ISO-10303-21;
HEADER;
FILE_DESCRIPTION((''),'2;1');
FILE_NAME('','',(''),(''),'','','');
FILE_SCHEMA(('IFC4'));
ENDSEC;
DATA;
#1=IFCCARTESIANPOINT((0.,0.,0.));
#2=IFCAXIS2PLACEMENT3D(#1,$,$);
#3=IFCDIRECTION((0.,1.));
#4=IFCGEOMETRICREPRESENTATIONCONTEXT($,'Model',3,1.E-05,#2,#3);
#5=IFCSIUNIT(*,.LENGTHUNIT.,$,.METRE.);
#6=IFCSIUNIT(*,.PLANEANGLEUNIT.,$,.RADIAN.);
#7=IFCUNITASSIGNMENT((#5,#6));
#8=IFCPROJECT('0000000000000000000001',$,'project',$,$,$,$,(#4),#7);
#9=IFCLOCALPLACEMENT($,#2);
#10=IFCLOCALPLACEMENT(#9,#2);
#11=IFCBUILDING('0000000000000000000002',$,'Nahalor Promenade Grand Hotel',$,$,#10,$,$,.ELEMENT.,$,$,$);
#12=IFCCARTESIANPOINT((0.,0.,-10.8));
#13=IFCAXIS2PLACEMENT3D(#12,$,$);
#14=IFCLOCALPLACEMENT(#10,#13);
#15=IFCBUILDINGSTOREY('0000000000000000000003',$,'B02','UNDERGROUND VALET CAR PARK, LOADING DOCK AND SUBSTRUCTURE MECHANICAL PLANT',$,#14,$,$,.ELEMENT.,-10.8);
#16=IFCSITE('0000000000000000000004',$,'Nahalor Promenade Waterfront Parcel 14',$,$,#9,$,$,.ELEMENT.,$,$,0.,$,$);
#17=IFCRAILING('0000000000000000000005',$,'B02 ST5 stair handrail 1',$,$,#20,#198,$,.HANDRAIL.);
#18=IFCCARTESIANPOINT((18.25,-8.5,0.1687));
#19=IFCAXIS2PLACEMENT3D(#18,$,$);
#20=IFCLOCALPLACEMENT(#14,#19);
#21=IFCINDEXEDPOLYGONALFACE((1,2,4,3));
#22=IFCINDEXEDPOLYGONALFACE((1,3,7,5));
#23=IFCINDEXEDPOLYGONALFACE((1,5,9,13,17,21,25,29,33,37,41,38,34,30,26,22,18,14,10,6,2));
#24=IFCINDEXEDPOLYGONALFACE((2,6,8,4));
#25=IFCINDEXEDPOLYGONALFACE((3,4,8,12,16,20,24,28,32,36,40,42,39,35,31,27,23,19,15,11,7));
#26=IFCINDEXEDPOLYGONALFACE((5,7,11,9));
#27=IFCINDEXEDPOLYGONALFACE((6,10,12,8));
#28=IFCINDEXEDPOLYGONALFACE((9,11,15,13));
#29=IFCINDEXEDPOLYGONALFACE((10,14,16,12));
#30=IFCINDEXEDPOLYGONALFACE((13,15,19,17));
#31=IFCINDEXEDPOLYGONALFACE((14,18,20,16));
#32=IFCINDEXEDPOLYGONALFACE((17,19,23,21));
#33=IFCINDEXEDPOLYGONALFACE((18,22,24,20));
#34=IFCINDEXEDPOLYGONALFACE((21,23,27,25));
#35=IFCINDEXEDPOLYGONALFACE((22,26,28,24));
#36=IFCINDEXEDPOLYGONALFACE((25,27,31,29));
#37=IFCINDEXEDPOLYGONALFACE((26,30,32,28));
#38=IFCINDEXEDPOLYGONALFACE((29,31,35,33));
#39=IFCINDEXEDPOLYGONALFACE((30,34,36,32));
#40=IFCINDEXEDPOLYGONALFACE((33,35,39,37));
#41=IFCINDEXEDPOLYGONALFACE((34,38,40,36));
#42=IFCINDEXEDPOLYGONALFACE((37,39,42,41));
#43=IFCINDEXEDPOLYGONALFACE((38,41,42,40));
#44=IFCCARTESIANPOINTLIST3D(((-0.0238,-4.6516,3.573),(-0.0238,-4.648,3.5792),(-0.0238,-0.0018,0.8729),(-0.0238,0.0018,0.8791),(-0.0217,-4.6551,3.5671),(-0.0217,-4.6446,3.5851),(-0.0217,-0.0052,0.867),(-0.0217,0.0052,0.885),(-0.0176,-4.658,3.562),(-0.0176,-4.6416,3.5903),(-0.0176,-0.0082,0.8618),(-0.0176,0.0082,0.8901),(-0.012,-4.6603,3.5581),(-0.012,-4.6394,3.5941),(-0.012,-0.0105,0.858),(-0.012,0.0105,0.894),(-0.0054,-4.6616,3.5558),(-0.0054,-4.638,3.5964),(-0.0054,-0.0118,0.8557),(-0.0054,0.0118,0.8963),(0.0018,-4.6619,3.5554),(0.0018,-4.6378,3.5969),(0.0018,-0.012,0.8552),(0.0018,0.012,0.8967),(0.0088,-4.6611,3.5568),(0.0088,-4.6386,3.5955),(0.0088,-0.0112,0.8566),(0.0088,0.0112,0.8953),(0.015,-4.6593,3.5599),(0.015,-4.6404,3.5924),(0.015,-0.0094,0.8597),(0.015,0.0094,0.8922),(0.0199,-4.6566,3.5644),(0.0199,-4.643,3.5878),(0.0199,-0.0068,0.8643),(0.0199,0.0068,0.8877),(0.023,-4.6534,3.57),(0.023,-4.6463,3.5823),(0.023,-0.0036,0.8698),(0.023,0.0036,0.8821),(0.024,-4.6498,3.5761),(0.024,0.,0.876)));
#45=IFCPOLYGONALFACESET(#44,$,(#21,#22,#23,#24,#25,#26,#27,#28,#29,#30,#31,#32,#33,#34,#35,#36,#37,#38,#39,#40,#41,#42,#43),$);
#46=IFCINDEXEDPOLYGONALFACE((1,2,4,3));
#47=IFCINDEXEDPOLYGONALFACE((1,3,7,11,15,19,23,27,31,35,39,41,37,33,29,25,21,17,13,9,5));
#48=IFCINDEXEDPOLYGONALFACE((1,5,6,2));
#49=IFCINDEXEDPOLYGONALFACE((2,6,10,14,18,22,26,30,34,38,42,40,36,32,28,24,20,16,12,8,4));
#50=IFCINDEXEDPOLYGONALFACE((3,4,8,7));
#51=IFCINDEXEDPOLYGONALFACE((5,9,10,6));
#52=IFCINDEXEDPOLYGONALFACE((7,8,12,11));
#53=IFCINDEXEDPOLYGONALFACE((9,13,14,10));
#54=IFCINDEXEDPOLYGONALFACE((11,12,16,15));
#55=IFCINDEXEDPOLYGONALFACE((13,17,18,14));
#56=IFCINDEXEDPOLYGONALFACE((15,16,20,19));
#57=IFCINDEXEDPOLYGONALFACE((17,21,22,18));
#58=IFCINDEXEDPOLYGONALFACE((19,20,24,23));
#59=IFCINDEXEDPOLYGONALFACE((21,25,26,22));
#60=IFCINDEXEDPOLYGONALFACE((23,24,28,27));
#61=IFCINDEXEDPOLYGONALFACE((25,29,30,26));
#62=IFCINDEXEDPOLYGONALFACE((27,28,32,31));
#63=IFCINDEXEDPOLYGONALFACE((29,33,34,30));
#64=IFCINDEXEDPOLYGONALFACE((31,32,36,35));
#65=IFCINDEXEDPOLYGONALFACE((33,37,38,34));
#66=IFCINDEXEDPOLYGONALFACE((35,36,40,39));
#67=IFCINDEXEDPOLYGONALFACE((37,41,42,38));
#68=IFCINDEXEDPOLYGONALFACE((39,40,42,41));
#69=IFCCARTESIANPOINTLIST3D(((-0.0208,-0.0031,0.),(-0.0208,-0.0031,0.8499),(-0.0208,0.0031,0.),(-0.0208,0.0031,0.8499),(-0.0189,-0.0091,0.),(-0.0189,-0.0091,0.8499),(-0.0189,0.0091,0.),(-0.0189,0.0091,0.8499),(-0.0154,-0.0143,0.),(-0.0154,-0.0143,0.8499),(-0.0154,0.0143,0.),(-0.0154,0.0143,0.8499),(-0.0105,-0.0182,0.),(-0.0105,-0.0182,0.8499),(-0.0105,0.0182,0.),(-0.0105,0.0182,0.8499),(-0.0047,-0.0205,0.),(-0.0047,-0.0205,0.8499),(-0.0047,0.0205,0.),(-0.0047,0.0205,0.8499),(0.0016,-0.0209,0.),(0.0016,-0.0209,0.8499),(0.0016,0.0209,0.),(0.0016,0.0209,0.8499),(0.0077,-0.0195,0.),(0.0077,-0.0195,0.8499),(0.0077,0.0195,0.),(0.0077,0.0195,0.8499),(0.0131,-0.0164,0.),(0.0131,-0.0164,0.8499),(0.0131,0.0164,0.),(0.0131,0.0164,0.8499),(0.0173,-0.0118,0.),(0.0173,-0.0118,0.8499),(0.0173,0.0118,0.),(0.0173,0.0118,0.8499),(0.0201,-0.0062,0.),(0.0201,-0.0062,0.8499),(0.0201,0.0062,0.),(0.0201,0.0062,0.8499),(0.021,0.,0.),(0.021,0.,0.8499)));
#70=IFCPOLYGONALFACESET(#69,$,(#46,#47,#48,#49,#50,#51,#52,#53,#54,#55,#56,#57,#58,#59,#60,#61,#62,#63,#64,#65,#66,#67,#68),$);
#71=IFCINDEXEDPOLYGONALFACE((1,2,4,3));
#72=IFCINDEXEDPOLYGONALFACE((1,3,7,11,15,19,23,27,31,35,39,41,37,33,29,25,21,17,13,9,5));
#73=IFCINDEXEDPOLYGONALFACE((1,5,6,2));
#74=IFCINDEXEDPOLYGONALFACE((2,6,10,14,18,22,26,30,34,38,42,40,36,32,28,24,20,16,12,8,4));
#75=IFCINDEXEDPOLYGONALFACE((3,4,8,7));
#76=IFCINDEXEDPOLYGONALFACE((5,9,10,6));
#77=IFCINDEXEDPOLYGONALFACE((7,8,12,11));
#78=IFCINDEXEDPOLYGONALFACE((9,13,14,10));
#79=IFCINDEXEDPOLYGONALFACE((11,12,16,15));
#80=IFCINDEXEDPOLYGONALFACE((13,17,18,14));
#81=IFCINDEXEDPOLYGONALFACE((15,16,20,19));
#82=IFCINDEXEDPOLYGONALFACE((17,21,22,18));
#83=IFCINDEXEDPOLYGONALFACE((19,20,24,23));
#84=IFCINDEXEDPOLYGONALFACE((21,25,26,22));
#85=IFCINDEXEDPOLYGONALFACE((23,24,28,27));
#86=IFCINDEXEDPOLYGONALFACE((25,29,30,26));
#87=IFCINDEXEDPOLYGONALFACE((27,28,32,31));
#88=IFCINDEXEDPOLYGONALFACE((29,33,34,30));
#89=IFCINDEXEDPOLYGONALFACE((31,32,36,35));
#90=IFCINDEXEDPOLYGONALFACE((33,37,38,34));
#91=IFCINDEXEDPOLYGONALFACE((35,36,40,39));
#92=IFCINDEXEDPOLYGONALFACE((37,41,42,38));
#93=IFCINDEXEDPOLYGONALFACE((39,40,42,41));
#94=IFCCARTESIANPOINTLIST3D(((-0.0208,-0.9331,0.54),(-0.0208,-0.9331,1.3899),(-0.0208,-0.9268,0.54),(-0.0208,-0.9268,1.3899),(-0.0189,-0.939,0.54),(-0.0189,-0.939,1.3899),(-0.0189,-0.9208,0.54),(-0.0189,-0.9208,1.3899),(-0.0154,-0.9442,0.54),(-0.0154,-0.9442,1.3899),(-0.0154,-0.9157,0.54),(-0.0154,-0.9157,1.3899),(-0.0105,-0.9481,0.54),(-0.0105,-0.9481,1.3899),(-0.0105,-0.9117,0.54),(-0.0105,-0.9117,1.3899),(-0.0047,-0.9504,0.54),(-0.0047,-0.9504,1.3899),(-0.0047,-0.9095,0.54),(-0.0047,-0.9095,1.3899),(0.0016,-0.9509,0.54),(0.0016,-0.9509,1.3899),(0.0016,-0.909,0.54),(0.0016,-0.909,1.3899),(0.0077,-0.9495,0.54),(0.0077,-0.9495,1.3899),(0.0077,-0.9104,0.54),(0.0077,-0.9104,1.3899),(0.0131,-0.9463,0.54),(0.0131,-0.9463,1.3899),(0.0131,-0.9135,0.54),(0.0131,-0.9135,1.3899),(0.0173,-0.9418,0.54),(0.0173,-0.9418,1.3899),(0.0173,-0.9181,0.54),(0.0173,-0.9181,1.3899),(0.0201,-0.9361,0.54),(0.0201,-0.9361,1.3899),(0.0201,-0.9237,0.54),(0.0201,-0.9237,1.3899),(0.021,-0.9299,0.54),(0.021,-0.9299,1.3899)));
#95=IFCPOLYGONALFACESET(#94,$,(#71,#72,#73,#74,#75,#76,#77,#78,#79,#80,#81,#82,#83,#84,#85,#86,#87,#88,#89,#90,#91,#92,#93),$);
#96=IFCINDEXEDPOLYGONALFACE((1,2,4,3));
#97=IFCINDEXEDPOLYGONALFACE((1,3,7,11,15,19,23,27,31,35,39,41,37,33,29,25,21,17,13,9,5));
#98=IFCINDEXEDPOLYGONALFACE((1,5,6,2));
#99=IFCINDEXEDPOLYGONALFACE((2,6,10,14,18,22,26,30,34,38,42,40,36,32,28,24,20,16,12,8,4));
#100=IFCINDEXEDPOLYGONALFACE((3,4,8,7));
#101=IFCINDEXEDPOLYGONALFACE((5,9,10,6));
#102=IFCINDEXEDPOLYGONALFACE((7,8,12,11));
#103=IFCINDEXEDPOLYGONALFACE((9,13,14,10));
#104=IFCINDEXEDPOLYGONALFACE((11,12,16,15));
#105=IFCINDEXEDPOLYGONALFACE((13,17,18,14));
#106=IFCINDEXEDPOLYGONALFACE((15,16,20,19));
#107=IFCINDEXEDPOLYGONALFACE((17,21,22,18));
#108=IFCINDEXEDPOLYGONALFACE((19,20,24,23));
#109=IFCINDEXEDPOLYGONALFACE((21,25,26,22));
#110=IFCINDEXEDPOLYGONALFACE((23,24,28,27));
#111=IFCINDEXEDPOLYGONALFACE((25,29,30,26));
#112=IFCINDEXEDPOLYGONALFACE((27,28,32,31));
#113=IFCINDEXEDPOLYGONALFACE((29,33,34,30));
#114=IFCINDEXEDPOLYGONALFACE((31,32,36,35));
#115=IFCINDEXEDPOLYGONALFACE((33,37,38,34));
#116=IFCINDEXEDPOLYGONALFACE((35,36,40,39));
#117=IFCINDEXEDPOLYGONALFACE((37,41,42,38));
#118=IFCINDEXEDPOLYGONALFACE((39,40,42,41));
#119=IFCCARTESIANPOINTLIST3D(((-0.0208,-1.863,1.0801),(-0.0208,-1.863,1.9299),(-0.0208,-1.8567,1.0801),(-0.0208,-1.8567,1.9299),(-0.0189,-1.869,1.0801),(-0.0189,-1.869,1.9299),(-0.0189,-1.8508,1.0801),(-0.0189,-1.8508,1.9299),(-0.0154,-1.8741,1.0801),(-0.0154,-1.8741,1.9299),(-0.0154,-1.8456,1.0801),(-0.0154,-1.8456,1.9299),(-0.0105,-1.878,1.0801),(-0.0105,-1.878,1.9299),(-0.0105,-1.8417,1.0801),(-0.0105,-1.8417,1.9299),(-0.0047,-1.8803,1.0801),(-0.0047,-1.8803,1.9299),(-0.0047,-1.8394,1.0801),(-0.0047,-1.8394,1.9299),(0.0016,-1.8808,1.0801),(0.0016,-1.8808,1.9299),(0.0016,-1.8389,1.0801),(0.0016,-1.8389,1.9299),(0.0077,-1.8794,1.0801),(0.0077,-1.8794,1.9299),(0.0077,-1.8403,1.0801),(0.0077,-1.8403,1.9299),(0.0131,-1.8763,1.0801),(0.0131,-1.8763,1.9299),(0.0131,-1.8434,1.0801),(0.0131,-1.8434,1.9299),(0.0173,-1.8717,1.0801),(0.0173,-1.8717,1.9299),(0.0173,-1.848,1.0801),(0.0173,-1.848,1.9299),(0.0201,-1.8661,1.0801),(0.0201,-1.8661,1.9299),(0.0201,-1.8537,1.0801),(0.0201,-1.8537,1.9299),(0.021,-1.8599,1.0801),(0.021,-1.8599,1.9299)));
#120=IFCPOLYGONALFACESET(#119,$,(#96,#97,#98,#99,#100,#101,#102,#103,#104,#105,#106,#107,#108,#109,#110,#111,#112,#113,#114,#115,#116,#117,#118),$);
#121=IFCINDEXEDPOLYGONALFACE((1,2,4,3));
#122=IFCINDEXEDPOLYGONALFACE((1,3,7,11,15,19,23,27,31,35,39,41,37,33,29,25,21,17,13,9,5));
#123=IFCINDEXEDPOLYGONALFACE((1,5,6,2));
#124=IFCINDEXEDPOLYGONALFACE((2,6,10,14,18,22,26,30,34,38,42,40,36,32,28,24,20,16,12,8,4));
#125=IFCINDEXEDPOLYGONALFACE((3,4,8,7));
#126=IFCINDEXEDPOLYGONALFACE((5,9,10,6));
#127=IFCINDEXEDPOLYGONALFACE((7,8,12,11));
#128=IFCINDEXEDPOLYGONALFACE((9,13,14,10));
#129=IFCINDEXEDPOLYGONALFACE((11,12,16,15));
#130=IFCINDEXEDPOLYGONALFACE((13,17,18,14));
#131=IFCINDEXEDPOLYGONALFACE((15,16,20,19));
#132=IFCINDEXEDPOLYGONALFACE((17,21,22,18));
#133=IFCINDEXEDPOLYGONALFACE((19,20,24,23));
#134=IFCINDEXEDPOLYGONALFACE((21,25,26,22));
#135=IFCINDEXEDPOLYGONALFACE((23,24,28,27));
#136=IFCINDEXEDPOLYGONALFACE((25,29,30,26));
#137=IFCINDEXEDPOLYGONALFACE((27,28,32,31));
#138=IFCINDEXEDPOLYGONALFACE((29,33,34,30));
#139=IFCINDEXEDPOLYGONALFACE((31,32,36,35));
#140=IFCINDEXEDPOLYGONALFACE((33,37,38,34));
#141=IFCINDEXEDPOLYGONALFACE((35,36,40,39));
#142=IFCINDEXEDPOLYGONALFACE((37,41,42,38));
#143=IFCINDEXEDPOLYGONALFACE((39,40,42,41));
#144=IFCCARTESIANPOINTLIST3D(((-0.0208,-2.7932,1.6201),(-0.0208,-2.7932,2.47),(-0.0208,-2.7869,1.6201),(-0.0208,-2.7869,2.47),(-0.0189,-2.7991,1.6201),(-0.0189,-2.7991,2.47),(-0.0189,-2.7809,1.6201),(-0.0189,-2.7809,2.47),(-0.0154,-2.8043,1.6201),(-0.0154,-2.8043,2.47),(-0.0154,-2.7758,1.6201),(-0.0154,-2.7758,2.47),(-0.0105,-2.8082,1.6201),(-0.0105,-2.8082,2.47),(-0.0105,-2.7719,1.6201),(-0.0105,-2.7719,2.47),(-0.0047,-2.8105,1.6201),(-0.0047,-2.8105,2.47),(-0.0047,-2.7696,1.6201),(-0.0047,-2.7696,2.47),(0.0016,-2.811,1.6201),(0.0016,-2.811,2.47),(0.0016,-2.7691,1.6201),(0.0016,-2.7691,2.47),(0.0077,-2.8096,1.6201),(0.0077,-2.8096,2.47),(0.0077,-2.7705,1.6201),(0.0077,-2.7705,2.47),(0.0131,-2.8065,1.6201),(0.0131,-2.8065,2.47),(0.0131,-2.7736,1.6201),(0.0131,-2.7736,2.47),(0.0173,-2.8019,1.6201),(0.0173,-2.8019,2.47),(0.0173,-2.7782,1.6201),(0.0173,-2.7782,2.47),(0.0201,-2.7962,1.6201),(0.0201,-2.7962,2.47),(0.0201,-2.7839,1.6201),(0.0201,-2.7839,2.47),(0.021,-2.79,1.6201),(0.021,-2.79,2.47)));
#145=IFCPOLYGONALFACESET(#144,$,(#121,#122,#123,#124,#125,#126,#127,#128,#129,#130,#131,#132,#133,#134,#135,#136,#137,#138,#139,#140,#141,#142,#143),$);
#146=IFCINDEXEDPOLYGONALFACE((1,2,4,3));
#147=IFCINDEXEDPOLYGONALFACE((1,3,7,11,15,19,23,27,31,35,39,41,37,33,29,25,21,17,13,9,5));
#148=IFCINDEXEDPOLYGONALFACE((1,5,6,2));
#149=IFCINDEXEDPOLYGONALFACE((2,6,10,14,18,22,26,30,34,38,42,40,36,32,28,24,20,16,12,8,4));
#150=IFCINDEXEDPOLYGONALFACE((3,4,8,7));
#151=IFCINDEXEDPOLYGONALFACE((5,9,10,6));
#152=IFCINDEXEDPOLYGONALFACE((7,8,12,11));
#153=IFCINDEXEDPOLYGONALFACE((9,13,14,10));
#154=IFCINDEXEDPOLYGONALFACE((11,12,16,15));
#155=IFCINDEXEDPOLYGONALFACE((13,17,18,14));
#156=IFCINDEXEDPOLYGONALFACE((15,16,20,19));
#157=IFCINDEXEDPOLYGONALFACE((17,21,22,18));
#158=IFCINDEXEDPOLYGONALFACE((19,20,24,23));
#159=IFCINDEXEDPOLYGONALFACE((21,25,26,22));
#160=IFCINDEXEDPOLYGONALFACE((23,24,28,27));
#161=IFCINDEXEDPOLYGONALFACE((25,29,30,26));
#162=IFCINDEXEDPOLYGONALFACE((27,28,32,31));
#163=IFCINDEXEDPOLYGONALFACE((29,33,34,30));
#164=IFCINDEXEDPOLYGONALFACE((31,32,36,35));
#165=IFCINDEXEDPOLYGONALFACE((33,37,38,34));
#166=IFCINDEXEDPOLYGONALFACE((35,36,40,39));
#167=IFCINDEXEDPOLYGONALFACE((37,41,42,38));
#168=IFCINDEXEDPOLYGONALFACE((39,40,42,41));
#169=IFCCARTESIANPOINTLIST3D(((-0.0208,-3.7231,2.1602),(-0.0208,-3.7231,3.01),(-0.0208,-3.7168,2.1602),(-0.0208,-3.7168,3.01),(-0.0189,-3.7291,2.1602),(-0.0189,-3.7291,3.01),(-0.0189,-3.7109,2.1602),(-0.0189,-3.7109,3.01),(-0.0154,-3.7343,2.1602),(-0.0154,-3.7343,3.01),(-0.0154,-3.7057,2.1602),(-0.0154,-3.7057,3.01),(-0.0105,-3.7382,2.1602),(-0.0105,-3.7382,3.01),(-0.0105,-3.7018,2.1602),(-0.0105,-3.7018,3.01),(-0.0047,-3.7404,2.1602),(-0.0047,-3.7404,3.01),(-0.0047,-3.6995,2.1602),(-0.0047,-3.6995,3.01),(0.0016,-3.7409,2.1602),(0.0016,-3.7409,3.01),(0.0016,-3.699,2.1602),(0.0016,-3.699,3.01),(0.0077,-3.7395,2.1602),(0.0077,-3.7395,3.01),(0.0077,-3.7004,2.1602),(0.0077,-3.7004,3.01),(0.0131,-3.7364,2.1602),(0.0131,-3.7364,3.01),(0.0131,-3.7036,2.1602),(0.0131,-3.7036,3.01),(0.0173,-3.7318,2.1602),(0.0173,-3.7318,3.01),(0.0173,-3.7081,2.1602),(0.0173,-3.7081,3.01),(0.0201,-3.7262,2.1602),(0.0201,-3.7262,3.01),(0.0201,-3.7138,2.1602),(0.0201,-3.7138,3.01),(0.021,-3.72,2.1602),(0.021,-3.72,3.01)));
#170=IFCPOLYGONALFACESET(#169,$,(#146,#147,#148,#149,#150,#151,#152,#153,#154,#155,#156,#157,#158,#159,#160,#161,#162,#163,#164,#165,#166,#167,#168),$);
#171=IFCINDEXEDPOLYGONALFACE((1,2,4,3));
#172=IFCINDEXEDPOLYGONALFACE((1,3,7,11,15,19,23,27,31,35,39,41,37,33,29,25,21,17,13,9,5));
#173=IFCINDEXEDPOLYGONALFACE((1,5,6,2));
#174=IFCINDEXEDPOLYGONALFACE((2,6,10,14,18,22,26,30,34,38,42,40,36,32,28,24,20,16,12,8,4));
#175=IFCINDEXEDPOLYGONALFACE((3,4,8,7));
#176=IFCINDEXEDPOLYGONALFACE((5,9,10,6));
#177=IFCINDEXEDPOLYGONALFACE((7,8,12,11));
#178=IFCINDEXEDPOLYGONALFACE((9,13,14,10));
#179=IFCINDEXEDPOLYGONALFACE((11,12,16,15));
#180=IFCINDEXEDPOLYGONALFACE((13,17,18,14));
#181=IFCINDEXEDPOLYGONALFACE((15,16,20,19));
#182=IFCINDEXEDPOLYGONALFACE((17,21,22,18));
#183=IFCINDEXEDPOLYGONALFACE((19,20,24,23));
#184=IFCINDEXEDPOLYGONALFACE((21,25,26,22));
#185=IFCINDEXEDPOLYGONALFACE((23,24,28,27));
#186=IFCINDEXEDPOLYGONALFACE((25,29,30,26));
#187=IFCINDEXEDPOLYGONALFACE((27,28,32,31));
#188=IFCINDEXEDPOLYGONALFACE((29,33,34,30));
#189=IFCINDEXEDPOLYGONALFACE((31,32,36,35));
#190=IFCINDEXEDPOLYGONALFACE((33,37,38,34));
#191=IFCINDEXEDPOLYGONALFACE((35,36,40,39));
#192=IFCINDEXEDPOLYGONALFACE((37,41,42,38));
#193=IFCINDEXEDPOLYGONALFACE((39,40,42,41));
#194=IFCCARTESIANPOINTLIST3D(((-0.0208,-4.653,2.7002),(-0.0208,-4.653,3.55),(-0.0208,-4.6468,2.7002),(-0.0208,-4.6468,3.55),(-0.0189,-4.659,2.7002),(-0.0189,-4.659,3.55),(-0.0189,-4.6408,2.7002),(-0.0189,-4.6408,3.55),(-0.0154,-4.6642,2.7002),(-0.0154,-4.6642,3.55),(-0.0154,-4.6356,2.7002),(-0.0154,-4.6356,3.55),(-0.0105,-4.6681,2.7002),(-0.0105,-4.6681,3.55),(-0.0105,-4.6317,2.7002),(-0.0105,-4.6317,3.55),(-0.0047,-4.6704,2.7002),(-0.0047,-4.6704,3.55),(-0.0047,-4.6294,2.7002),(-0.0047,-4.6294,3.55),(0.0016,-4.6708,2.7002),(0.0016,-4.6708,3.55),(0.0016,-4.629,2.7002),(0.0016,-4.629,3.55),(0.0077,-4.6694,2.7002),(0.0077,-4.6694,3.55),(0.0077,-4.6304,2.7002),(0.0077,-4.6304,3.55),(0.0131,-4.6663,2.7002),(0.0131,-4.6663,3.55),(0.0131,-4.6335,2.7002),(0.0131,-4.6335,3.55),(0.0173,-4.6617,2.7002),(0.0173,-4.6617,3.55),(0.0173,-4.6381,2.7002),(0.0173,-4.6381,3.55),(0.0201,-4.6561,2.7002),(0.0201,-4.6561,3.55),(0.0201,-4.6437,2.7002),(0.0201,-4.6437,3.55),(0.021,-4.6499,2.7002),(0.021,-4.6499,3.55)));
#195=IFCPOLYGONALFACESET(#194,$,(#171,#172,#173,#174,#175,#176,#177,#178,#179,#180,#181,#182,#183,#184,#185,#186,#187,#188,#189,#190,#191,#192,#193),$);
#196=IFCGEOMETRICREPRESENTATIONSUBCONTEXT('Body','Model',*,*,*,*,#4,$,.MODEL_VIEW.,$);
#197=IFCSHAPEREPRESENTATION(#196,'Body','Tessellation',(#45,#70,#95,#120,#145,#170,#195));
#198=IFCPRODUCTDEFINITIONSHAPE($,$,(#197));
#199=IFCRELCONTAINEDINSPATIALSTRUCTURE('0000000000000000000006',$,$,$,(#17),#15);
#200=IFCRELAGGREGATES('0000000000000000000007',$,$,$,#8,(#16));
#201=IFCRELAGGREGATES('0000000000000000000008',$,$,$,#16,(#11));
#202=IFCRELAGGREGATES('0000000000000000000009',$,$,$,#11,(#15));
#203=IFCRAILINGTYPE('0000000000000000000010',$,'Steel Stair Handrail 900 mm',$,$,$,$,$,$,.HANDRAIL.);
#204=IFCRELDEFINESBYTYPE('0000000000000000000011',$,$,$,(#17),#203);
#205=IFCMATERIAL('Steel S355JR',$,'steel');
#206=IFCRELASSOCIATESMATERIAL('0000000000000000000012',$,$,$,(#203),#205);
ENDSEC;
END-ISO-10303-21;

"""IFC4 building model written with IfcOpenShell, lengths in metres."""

from ifc_helpers import new_model, si_unit, direction, frame, origin, origin_2d, place, context, subcontext, project, spatial, circle, extrude, material, type_object, element, save


model = new_model("IFC4")

# Units and contexts
model_context = context("Model", 3, precision=1e-05, world=origin(), true_north=direction((0.0, 1.0)))
body_context = subcontext(model_context, "Body", "Model", "MODEL_VIEW")
ifc_project = project(units=[si_unit("LENGTHUNIT", "METRE"), si_unit("PLANEANGLEUNIT", "RADIAN")], contexts=[model_context])

# Site, building, storey
site_placement = place(None, origin())
site = spatial("IfcSite", under=ifc_project, at=site_placement, Name="Nahalor Promenade Waterfront Parcel 14", CompositionType="ELEMENT", RefElevation=0.0)
building_placement = place(site_placement, origin())
building = spatial("IfcBuilding", under=site, at=building_placement, Name="Nahalor Promenade Grand Hotel", CompositionType="ELEMENT")
storey_placement = place(building_placement, frame((0.0, 0.0, -10.8)))
storey = spatial("IfcBuildingStorey", under=building, at=storey_placement, Name="B02", Description="UNDERGROUND VALET CAR PARK, LOADING DOCK AND SUBSTRUCTURE MECHANICAL PLANT", CompositionType="ELEMENT", Elevation=-10.8)

# Shared definitions
ifc_material_1 = material(Name="Steel S355JR", Category="steel")

# Railing
railing_type_1 = type_object("IfcRailingType", Name="Steel Stair Handrail 900 mm", PredefinedType="HANDRAIL", material=ifc_material_1)
railing_1_placement = place(storey_placement, frame((18.25, -8.5, 0.1687)))
element("IfcRailing", 1, at=railing_1_placement, inside=storey, type_object=railing_type_1, Name="B02 ST5 stair handrail 1", PredefinedType="HANDRAIL", context=body_context, shape_type="SweptSolid", body=[
    extrude(circle(Radius=0.024, at=origin_2d()), frame((0.0, 0.0, 0.876), z_axis=(0.0, -0.864769, 0.502171), x_axis=(1.0, 0.0, 0.0)), (0.0, 0.0, 1.0), 5.377),
    extrude(circle(Radius=0.021, at=origin_2d()), origin(), (0.0, 0.0, 1.0), 0.8499),
    extrude(circle(Radius=0.021, at=origin_2d()), frame((0.0, -0.9299, 0.54)), (0.0, 0.0, 1.0), 0.8499),
    extrude(circle(Radius=0.021, at=origin_2d()), frame((0.0, -1.8599, 1.0801)), (0.0, 0.0, 1.0), 0.8499),
    extrude(circle(Radius=0.021, at=origin_2d()), frame((0.0, -2.79, 1.6201)), (0.0, 0.0, 1.0), 0.8499),
    extrude(circle(Radius=0.021, at=origin_2d()), frame((0.0, -3.72, 2.1602)), (0.0, 0.0, 1.0), 0.8499),
    extrude(circle(Radius=0.021, at=origin_2d()), frame((0.0, -4.6499, 2.7002)), (0.0, 0.0, 1.0), 0.8499),
])

save(model, "model.ifc")
